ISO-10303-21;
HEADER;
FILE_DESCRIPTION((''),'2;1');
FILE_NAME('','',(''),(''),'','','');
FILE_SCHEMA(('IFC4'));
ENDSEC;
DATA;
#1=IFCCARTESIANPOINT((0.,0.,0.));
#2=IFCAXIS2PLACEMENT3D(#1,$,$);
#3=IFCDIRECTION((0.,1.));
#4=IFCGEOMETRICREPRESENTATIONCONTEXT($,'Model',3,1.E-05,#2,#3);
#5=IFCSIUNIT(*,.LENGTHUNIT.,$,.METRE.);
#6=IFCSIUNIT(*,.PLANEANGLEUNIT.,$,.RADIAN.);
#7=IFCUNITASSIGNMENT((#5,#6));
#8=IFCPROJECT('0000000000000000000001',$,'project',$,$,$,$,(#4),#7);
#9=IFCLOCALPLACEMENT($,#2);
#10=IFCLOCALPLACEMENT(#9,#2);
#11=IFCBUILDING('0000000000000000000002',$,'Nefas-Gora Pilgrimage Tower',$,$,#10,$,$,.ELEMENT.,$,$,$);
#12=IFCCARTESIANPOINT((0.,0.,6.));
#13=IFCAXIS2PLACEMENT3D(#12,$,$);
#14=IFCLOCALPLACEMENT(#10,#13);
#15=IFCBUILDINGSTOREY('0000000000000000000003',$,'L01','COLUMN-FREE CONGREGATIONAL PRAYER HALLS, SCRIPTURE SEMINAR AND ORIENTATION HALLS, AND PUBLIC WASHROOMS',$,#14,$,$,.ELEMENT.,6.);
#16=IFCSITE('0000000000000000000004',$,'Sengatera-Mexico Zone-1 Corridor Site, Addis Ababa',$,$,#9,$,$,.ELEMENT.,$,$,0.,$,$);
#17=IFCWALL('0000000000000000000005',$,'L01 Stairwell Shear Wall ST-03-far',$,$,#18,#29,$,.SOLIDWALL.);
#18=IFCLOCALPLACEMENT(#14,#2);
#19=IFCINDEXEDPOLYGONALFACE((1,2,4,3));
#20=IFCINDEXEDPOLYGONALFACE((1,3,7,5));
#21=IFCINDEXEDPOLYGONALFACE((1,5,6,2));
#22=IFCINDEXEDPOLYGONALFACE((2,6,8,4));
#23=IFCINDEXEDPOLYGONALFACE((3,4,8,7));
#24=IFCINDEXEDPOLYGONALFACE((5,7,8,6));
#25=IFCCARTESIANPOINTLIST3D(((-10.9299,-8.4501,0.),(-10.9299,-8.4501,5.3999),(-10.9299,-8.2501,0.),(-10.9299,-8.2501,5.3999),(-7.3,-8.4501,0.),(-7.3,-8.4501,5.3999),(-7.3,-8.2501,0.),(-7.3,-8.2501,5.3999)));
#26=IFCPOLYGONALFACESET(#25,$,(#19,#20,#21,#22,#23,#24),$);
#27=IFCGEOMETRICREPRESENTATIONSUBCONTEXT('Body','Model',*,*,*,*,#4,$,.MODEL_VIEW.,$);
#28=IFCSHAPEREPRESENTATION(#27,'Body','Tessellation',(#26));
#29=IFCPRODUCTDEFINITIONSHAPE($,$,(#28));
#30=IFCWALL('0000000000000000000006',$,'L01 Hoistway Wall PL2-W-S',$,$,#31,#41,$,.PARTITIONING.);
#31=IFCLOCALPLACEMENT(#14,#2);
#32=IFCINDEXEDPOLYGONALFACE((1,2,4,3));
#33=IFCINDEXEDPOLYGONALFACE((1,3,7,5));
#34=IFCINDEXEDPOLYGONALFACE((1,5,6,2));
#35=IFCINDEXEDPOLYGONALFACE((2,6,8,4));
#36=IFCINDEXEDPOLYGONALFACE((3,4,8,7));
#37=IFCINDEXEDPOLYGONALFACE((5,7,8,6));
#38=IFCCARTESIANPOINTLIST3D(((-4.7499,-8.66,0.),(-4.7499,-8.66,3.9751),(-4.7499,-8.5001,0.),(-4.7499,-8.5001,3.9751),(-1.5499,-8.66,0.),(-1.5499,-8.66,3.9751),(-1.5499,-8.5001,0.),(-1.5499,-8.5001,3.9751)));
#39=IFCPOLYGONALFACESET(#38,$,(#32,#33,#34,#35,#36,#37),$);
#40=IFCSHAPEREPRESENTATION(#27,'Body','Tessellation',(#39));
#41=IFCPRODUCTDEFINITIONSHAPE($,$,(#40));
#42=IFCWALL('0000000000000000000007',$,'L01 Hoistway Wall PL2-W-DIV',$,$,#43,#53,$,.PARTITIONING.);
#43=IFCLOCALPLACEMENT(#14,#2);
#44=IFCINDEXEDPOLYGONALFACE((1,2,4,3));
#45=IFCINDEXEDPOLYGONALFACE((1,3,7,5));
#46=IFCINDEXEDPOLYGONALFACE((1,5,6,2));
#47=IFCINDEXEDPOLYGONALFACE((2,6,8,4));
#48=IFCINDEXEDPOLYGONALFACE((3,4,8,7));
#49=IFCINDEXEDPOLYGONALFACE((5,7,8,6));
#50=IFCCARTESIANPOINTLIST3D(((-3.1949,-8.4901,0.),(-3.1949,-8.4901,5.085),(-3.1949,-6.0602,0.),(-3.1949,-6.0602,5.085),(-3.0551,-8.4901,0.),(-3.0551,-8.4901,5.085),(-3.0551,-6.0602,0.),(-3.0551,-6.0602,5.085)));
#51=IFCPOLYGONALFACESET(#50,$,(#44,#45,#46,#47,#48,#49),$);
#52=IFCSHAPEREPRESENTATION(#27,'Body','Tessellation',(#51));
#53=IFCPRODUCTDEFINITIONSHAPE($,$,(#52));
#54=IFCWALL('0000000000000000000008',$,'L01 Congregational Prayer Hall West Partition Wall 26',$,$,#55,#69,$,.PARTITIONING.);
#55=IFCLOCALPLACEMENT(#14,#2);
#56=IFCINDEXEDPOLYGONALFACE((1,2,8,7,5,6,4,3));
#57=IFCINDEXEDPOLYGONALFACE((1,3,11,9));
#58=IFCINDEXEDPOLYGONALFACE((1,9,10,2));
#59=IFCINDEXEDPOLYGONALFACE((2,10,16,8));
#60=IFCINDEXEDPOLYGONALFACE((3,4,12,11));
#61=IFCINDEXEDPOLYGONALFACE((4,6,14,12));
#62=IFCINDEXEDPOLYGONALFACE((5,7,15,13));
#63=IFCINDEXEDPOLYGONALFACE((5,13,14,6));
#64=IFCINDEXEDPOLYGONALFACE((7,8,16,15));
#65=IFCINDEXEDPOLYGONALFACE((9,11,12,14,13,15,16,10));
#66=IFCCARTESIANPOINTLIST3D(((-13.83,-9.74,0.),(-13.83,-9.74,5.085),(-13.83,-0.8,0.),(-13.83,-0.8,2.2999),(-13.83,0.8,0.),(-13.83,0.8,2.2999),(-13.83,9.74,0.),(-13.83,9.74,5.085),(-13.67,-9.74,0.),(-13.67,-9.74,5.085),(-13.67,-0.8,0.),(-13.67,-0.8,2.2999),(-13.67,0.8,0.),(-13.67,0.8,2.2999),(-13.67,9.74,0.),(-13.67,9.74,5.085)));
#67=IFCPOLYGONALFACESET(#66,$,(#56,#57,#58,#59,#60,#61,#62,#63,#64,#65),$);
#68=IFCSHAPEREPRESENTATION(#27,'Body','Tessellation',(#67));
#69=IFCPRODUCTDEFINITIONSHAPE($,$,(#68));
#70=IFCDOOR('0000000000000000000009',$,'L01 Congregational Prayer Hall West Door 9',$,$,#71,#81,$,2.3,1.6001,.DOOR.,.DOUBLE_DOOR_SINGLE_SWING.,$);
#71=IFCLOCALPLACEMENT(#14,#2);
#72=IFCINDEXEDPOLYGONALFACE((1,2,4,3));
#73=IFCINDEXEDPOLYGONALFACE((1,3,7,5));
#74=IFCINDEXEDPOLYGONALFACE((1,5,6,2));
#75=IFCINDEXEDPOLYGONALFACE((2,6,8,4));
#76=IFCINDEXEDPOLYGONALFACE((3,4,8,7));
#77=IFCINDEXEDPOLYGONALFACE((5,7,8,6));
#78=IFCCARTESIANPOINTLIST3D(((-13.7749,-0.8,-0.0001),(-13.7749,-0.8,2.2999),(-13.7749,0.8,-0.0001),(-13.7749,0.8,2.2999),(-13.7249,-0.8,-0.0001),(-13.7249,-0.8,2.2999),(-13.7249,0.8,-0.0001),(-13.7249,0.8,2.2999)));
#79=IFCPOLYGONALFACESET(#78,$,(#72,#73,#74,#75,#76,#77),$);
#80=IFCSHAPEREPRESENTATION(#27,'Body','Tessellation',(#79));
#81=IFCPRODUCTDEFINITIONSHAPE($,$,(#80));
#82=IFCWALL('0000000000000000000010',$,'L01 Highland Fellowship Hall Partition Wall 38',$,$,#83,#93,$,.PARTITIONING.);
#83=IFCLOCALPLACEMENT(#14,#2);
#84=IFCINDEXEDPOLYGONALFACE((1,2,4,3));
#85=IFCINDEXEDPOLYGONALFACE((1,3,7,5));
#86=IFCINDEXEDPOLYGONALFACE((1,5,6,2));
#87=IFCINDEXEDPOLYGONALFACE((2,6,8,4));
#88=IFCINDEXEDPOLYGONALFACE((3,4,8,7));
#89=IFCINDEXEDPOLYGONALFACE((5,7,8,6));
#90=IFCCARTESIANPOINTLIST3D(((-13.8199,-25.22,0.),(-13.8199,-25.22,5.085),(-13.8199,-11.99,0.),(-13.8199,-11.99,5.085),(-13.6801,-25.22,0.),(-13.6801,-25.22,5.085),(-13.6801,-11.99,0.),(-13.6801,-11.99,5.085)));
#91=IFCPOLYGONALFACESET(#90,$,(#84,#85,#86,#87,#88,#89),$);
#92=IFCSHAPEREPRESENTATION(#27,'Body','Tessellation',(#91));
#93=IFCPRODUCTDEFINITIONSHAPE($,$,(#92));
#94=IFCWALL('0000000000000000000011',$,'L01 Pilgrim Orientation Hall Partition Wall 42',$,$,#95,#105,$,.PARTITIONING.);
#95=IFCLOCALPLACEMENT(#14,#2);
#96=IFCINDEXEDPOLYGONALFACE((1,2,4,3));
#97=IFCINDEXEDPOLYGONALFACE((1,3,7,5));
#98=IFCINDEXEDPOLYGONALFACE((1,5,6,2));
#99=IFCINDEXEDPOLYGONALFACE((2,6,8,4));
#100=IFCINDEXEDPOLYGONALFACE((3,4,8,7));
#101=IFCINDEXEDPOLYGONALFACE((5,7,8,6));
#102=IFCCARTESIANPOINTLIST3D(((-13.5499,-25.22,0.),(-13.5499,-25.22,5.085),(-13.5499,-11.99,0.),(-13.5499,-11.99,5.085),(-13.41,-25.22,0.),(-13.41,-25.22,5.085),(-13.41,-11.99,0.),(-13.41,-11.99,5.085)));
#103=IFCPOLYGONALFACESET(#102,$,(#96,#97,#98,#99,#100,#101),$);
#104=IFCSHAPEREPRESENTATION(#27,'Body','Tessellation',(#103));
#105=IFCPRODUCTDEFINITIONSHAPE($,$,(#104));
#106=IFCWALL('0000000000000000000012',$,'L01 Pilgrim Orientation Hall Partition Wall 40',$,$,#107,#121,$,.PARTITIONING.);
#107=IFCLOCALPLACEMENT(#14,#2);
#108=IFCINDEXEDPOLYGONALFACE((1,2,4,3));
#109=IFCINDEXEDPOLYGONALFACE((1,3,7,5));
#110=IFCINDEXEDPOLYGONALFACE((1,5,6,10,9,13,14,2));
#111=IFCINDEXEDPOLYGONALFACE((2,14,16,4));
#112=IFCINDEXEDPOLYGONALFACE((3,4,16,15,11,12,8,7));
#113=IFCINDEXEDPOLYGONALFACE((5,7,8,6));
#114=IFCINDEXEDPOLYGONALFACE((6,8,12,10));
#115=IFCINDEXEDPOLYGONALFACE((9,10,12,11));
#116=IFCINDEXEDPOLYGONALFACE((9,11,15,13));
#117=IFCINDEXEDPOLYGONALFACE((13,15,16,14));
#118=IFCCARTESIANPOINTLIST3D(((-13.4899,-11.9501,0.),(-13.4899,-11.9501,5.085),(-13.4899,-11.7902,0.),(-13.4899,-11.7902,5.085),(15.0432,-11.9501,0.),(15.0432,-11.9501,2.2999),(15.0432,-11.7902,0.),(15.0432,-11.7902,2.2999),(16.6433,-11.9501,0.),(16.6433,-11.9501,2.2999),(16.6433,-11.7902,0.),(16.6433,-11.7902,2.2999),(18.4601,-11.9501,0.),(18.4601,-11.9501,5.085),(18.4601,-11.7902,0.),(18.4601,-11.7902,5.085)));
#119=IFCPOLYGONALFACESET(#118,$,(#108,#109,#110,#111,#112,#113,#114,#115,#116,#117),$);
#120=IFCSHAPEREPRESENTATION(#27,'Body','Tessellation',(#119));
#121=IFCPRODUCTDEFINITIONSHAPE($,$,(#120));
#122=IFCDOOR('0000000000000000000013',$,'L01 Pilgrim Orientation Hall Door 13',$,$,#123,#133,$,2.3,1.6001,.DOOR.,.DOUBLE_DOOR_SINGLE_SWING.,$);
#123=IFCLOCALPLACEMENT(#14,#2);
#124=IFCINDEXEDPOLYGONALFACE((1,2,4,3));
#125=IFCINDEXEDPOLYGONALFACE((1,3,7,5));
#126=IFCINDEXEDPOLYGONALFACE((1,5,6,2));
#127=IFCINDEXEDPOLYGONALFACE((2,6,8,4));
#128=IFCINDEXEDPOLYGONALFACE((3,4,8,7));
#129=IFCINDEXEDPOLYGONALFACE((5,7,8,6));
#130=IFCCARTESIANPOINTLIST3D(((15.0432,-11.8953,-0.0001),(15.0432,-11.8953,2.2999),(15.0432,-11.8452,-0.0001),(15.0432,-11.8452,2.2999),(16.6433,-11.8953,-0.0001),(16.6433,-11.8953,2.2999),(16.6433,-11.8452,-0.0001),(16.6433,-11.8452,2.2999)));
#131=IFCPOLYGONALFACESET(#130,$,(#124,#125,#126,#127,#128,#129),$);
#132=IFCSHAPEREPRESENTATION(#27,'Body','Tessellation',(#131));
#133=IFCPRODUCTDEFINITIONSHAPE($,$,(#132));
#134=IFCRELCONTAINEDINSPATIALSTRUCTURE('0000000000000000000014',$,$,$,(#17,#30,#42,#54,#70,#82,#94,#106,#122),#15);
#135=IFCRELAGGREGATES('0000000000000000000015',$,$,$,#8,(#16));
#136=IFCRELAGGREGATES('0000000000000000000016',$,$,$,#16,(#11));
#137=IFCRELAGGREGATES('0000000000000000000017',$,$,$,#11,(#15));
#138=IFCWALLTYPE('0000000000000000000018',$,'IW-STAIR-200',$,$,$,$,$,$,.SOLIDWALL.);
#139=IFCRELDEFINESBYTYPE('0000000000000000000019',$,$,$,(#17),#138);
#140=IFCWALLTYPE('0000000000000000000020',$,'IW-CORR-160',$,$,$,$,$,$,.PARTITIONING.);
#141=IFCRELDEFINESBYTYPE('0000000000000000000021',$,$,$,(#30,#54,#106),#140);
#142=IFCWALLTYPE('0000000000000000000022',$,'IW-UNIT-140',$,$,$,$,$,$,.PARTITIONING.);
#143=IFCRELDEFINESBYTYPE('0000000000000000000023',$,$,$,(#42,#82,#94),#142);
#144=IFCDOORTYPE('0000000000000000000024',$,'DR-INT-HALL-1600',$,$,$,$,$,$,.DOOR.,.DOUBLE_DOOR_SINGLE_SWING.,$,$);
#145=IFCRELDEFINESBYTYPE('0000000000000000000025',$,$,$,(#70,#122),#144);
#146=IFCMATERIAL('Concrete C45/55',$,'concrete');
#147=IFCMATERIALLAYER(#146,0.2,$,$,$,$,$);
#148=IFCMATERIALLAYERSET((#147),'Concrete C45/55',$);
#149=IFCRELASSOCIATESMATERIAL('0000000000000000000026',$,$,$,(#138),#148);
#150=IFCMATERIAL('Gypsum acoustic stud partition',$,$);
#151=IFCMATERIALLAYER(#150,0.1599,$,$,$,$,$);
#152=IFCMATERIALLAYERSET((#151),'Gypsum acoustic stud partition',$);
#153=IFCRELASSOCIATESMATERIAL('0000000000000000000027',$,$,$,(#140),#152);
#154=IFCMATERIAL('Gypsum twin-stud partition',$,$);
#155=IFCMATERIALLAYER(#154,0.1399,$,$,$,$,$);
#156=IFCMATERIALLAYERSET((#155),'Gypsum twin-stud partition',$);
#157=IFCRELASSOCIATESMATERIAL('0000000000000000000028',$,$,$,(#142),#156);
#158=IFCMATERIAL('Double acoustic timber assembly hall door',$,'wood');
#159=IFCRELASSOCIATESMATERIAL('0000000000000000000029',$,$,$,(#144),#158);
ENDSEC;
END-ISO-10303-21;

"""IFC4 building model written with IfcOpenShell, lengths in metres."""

from ifc_helpers import new_model, si_unit, direction, frame, frame_2d, origin, place, context, subcontext, project, spatial, rectangle, extrude, source, transform, mapped, material, layer, layer_set, type_object, element, fill, save


model = new_model("IFC4")

# Units and contexts
model_context = context("Model", 3, precision=1e-05, world=origin(), true_north=direction((0.0, 1.0)))
body_context = subcontext(model_context, "Body", "Model", "MODEL_VIEW")
ifc_project = project(units=[si_unit("LENGTHUNIT", "METRE"), si_unit("PLANEANGLEUNIT", "RADIAN")], contexts=[model_context])

# Site, building, storey
site_placement = place(None, origin())
site = spatial("IfcSite", under=ifc_project, at=site_placement, Name="Sengatera-Mexico Zone-1 Corridor Site, Addis Ababa", CompositionType="ELEMENT", RefElevation=0.0)
building_placement = place(site_placement, origin())
building = spatial("IfcBuilding", under=site, at=building_placement, Name="Nefas-Gora Pilgrimage Tower", CompositionType="ELEMENT")
storey_placement = place(building_placement, frame((0.0, 0.0, 6.0)))
storey = spatial("IfcBuildingStorey", under=building, at=storey_placement, Name="L01", Description="COLUMN-FREE CONGREGATIONAL PRAYER HALLS, SCRIPTURE SEMINAR AND ORIENTATION HALLS, AND PUBLIC WASHROOMS", CompositionType="ELEMENT", Elevation=6.0)

# Walls
ifc_material_1 = material(Name="Concrete C45/55", Category="concrete")
ifc_layer_1 = layer(ifc_material_1, 0.2)
ifc_layer_set_1 = layer_set([ifc_layer_1], Name="Concrete C45/55")
wall_type_1 = type_object("IfcWallType", Name="IW-STAIR-200", PredefinedType="SOLIDWALL", material=ifc_layer_set_1)
shared_shape_1 = source(origin(), body_context, "Body", "SweptSolid", [
    extrude(rectangle(XDim=3.6299, YDim=0.2, at=frame_2d((1.8149, 0.0))), origin(), (0.0, 0.0, 1.0), 5.3999),
])
wall_1_placement = place(storey_placement, frame((-10.9299, -8.3501, 0.0), z_axis=(0.0, 0.0, 1.0), x_axis=(1.0, 0.0, 0.0)))
element("IfcWall", 1, at=wall_1_placement, inside=storey, type_object=wall_type_1, Name="L01 Stairwell Shear Wall ST-03-far", PredefinedType="SOLIDWALL", context=body_context, shape_type="MappedRepresentation", body=[
    mapped(shared_shape_1, transform((0.0, 0.0, 0.0), x_axis=(1.0, 0.0, 0.0), y_axis=(0.0, 1.0, 0.0), z_axis=(0.0, 0.0, 1.0), scale=1.0)),
])
ifc_material_2 = material(Name="Gypsum acoustic stud partition")
ifc_layer_2 = layer(ifc_material_2, 0.1599)
ifc_layer_set_2 = layer_set([ifc_layer_2], Name="Gypsum acoustic stud partition")
wall_type_2 = type_object("IfcWallType", Name="IW-CORR-160", PredefinedType="PARTITIONING", material=ifc_layer_set_2)
shared_shape_2 = source(origin(), body_context, "Body", "SweptSolid", [
    extrude(rectangle(XDim=3.2, YDim=0.1599, at=frame_2d((1.6001, 0.0))), origin(), (0.0, 0.0, 1.0), 3.9751),
])
wall_2_placement = place(storey_placement, frame((-4.75, -8.5801, 0.0), z_axis=(0.0, 0.0, 1.0), x_axis=(1.0, 0.0, 0.0)))
element("IfcWall", 2, at=wall_2_placement, inside=storey, type_object=wall_type_2, Name="L01 Hoistway Wall PL2-W-S", PredefinedType="PARTITIONING", context=body_context, shape_type="MappedRepresentation", body=[
    mapped(shared_shape_2, transform((0.0, 0.0, 0.0), x_axis=(1.0, 0.0, 0.0), y_axis=(0.0, 1.0, 0.0), z_axis=(0.0, 0.0, 1.0), scale=1.0)),
])
ifc_material_3 = material(Name="Gypsum twin-stud partition")
ifc_layer_3 = layer(ifc_material_3, 0.1399)
ifc_layer_set_3 = layer_set([ifc_layer_3], Name="Gypsum twin-stud partition")
wall_type_3 = type_object("IfcWallType", Name="IW-UNIT-140", PredefinedType="PARTITIONING", material=ifc_layer_set_3)
shared_shape_3 = source(origin(), body_context, "Body", "SweptSolid", [
    extrude(rectangle(XDim=2.4299, YDim=0.1399, at=frame_2d((1.2148, 0.0))), origin(), (0.0, 0.0, 1.0), 5.085),
])
wall_3_placement = place(storey_placement, frame((-3.125, -8.49, 0.0), z_axis=(0.0, 0.0, 1.0), x_axis=(0.0, 1.0, 0.0)))
element("IfcWall", 3, at=wall_3_placement, inside=storey, type_object=wall_type_3, Name="L01 Hoistway Wall PL2-W-DIV", PredefinedType="PARTITIONING", context=body_context, shape_type="MappedRepresentation", body=[
    mapped(shared_shape_3, transform((0.0, 0.0, 0.0), x_axis=(1.0, 0.0, 0.0), y_axis=(0.0, 1.0, 0.0), z_axis=(0.0, 0.0, 1.0), scale=1.0)),
])

# Wall, opening, door
shared_shape_4 = source(origin(), body_context, "Body", "SweptSolid", [
    extrude(rectangle(XDim=19.48, YDim=0.1599, at=frame_2d((9.74, 0.0))), origin(), (0.0, 0.0, 1.0), 5.085),
])
wall_4_placement = place(storey_placement, frame((-13.75, -9.74, 0.0), z_axis=(0.0, 0.0, 1.0), x_axis=(0.0, 1.0, 0.0)))
wall_4 = element("IfcWall", 4, at=wall_4_placement, inside=storey, type_object=wall_type_2, Name="L01 Congregational Prayer Hall West Partition Wall 26", PredefinedType="PARTITIONING", context=body_context, shape_type="MappedRepresentation", body=[
    mapped(shared_shape_4, transform((0.0, 0.0, 0.0), x_axis=(1.0, 0.0, 0.0), y_axis=(0.0, 1.0, 0.0), z_axis=(0.0, 0.0, 1.0), scale=1.0)),
])
opening_1_placement = place(wall_4_placement, frame((8.9399, 0.0, 0.0)))
opening_1 = element("IfcOpeningElement", 5, at=opening_1_placement, cuts=wall_4, PredefinedType="OPENING", context=body_context, shape_type="SweptSolid", body=[
    extrude(rectangle(XDim=1.6001, YDim=2.3, at=frame_2d((0.8, 1.1499))), frame((0.0, 0.0898, 0.0), z_axis=(0.0, -1.0, 0.0), x_axis=(1.0, 0.0, 0.0)), (0.0, 0.0, 1.0), 0.1799),
])
ifc_material_4 = material(Name="Double acoustic timber assembly hall door", Category="wood")
door_type = type_object("IfcDoorType", Name="DR-INT-HALL-1600", OperationType="DOUBLE_DOOR_SINGLE_SWING", PredefinedType="DOOR", material=ifc_material_4)
shared_shape_5 = source(origin(), body_context, "Body", "SweptSolid", [
    extrude(rectangle(XDim=1.6001, YDim=2.3, at=frame_2d((0.8, 1.1499))), frame((0.0, 0.0249, 0.0), z_axis=(0.0, -1.0, 0.0), x_axis=(1.0, 0.0, 0.0)), (0.0, 0.0, 1.0), 0.05),
])
door_1_placement = place(opening_1_placement, origin())
door_1 = element("IfcDoor", 6, at=door_1_placement, inside=storey, type_object=door_type, Name="L01 Congregational Prayer Hall West Door 9", OperationType="DOUBLE_DOOR_SINGLE_SWING", OverallHeight=2.3, OverallWidth=1.6001, PredefinedType="DOOR", context=body_context, shape_type="MappedRepresentation", body=[
    mapped(shared_shape_5, transform((0.0, 0.0, 0.0), x_axis=(1.0, 0.0, 0.0), y_axis=(0.0, 1.0, 0.0), z_axis=(0.0, 0.0, 1.0), scale=1.0)),
])
fill(opening_1, door_1)

# Walls
shared_shape_6 = source(origin(), body_context, "Body", "SweptSolid", [
    extrude(rectangle(XDim=13.23, YDim=0.1399, at=frame_2d((6.615, 0.0))), origin(), (0.0, 0.0, 1.0), 5.085),
])
for number, where, z_axis, x_axis, name in (
    (7, (-13.75, -25.22, 0.0), (0.0, 0.0, 1.0), (0.0, 1.0, 0.0), "L01 Highland Fellowship Hall Partition Wall 38"),
    (8, (-13.48, -25.22, 0.0), (0.0, 0.0, 1.0), (0.0, 1.0, 0.0), "L01 Pilgrim Orientation Hall Partition Wall 42"),
):
    element("IfcWall", number, at=place(storey_placement, frame(where, z_axis=z_axis, x_axis=x_axis)), inside=storey, type_object=wall_type_3, Name=name, PredefinedType="PARTITIONING", context=body_context, shape_type="MappedRepresentation", body=[
        mapped(shared_shape_6, transform((0.0, 0.0, 0.0), x_axis=(1.0, 0.0, 0.0), y_axis=(0.0, 1.0, 0.0), z_axis=(0.0, 0.0, 1.0), scale=1.0)),
    ])

# Wall, opening, door
shared_shape_7 = source(origin(), body_context, "Body", "SweptSolid", [
    extrude(rectangle(XDim=31.95, YDim=0.1599, at=frame_2d((15.9751, 0.0))), origin(), (0.0, 0.0, 1.0), 5.085),
])
wall_5_placement = place(storey_placement, frame((-13.49, -11.8701, 0.0), z_axis=(0.0, 0.0, 1.0), x_axis=(1.0, 0.0, 0.0)))
wall_5 = element("IfcWall", 9, at=wall_5_placement, inside=storey, type_object=wall_type_2, Name="L01 Pilgrim Orientation Hall Partition Wall 40", PredefinedType="PARTITIONING", context=body_context, shape_type="MappedRepresentation", body=[
    mapped(shared_shape_7, transform((0.0, 0.0, 0.0), x_axis=(1.0, 0.0, 0.0), y_axis=(0.0, 1.0, 0.0), z_axis=(0.0, 0.0, 1.0), scale=1.0)),
])
opening_2_placement = place(wall_5_placement, frame((28.5332, 0.0, 0.0)))
opening_2 = element("IfcOpeningElement", 10, at=opening_2_placement, cuts=wall_5, PredefinedType="OPENING", context=body_context, shape_type="SweptSolid", body=[
    extrude(rectangle(XDim=1.6001, YDim=2.3, at=frame_2d((0.8, 1.1499))), frame((0.0, 0.0898, 0.0), z_axis=(0.0, -1.0, 0.0), x_axis=(1.0, 0.0, 0.0)), (0.0, 0.0, 1.0), 0.1799),
])
door_2_placement = place(opening_2_placement, origin())
door_2 = element("IfcDoor", 11, at=door_2_placement, inside=storey, type_object=door_type, Name="L01 Pilgrim Orientation Hall Door 13", OperationType="DOUBLE_DOOR_SINGLE_SWING", OverallHeight=2.3, OverallWidth=1.6001, PredefinedType="DOOR", context=body_context, shape_type="MappedRepresentation", body=[
    mapped(shared_shape_5, transform((0.0, 0.0, 0.0), x_axis=(1.0, 0.0, 0.0), y_axis=(0.0, 1.0, 0.0), z_axis=(0.0, 0.0, 1.0), scale=1.0)),
])
fill(opening_2, door_2)

save(model, "model.ifc")
